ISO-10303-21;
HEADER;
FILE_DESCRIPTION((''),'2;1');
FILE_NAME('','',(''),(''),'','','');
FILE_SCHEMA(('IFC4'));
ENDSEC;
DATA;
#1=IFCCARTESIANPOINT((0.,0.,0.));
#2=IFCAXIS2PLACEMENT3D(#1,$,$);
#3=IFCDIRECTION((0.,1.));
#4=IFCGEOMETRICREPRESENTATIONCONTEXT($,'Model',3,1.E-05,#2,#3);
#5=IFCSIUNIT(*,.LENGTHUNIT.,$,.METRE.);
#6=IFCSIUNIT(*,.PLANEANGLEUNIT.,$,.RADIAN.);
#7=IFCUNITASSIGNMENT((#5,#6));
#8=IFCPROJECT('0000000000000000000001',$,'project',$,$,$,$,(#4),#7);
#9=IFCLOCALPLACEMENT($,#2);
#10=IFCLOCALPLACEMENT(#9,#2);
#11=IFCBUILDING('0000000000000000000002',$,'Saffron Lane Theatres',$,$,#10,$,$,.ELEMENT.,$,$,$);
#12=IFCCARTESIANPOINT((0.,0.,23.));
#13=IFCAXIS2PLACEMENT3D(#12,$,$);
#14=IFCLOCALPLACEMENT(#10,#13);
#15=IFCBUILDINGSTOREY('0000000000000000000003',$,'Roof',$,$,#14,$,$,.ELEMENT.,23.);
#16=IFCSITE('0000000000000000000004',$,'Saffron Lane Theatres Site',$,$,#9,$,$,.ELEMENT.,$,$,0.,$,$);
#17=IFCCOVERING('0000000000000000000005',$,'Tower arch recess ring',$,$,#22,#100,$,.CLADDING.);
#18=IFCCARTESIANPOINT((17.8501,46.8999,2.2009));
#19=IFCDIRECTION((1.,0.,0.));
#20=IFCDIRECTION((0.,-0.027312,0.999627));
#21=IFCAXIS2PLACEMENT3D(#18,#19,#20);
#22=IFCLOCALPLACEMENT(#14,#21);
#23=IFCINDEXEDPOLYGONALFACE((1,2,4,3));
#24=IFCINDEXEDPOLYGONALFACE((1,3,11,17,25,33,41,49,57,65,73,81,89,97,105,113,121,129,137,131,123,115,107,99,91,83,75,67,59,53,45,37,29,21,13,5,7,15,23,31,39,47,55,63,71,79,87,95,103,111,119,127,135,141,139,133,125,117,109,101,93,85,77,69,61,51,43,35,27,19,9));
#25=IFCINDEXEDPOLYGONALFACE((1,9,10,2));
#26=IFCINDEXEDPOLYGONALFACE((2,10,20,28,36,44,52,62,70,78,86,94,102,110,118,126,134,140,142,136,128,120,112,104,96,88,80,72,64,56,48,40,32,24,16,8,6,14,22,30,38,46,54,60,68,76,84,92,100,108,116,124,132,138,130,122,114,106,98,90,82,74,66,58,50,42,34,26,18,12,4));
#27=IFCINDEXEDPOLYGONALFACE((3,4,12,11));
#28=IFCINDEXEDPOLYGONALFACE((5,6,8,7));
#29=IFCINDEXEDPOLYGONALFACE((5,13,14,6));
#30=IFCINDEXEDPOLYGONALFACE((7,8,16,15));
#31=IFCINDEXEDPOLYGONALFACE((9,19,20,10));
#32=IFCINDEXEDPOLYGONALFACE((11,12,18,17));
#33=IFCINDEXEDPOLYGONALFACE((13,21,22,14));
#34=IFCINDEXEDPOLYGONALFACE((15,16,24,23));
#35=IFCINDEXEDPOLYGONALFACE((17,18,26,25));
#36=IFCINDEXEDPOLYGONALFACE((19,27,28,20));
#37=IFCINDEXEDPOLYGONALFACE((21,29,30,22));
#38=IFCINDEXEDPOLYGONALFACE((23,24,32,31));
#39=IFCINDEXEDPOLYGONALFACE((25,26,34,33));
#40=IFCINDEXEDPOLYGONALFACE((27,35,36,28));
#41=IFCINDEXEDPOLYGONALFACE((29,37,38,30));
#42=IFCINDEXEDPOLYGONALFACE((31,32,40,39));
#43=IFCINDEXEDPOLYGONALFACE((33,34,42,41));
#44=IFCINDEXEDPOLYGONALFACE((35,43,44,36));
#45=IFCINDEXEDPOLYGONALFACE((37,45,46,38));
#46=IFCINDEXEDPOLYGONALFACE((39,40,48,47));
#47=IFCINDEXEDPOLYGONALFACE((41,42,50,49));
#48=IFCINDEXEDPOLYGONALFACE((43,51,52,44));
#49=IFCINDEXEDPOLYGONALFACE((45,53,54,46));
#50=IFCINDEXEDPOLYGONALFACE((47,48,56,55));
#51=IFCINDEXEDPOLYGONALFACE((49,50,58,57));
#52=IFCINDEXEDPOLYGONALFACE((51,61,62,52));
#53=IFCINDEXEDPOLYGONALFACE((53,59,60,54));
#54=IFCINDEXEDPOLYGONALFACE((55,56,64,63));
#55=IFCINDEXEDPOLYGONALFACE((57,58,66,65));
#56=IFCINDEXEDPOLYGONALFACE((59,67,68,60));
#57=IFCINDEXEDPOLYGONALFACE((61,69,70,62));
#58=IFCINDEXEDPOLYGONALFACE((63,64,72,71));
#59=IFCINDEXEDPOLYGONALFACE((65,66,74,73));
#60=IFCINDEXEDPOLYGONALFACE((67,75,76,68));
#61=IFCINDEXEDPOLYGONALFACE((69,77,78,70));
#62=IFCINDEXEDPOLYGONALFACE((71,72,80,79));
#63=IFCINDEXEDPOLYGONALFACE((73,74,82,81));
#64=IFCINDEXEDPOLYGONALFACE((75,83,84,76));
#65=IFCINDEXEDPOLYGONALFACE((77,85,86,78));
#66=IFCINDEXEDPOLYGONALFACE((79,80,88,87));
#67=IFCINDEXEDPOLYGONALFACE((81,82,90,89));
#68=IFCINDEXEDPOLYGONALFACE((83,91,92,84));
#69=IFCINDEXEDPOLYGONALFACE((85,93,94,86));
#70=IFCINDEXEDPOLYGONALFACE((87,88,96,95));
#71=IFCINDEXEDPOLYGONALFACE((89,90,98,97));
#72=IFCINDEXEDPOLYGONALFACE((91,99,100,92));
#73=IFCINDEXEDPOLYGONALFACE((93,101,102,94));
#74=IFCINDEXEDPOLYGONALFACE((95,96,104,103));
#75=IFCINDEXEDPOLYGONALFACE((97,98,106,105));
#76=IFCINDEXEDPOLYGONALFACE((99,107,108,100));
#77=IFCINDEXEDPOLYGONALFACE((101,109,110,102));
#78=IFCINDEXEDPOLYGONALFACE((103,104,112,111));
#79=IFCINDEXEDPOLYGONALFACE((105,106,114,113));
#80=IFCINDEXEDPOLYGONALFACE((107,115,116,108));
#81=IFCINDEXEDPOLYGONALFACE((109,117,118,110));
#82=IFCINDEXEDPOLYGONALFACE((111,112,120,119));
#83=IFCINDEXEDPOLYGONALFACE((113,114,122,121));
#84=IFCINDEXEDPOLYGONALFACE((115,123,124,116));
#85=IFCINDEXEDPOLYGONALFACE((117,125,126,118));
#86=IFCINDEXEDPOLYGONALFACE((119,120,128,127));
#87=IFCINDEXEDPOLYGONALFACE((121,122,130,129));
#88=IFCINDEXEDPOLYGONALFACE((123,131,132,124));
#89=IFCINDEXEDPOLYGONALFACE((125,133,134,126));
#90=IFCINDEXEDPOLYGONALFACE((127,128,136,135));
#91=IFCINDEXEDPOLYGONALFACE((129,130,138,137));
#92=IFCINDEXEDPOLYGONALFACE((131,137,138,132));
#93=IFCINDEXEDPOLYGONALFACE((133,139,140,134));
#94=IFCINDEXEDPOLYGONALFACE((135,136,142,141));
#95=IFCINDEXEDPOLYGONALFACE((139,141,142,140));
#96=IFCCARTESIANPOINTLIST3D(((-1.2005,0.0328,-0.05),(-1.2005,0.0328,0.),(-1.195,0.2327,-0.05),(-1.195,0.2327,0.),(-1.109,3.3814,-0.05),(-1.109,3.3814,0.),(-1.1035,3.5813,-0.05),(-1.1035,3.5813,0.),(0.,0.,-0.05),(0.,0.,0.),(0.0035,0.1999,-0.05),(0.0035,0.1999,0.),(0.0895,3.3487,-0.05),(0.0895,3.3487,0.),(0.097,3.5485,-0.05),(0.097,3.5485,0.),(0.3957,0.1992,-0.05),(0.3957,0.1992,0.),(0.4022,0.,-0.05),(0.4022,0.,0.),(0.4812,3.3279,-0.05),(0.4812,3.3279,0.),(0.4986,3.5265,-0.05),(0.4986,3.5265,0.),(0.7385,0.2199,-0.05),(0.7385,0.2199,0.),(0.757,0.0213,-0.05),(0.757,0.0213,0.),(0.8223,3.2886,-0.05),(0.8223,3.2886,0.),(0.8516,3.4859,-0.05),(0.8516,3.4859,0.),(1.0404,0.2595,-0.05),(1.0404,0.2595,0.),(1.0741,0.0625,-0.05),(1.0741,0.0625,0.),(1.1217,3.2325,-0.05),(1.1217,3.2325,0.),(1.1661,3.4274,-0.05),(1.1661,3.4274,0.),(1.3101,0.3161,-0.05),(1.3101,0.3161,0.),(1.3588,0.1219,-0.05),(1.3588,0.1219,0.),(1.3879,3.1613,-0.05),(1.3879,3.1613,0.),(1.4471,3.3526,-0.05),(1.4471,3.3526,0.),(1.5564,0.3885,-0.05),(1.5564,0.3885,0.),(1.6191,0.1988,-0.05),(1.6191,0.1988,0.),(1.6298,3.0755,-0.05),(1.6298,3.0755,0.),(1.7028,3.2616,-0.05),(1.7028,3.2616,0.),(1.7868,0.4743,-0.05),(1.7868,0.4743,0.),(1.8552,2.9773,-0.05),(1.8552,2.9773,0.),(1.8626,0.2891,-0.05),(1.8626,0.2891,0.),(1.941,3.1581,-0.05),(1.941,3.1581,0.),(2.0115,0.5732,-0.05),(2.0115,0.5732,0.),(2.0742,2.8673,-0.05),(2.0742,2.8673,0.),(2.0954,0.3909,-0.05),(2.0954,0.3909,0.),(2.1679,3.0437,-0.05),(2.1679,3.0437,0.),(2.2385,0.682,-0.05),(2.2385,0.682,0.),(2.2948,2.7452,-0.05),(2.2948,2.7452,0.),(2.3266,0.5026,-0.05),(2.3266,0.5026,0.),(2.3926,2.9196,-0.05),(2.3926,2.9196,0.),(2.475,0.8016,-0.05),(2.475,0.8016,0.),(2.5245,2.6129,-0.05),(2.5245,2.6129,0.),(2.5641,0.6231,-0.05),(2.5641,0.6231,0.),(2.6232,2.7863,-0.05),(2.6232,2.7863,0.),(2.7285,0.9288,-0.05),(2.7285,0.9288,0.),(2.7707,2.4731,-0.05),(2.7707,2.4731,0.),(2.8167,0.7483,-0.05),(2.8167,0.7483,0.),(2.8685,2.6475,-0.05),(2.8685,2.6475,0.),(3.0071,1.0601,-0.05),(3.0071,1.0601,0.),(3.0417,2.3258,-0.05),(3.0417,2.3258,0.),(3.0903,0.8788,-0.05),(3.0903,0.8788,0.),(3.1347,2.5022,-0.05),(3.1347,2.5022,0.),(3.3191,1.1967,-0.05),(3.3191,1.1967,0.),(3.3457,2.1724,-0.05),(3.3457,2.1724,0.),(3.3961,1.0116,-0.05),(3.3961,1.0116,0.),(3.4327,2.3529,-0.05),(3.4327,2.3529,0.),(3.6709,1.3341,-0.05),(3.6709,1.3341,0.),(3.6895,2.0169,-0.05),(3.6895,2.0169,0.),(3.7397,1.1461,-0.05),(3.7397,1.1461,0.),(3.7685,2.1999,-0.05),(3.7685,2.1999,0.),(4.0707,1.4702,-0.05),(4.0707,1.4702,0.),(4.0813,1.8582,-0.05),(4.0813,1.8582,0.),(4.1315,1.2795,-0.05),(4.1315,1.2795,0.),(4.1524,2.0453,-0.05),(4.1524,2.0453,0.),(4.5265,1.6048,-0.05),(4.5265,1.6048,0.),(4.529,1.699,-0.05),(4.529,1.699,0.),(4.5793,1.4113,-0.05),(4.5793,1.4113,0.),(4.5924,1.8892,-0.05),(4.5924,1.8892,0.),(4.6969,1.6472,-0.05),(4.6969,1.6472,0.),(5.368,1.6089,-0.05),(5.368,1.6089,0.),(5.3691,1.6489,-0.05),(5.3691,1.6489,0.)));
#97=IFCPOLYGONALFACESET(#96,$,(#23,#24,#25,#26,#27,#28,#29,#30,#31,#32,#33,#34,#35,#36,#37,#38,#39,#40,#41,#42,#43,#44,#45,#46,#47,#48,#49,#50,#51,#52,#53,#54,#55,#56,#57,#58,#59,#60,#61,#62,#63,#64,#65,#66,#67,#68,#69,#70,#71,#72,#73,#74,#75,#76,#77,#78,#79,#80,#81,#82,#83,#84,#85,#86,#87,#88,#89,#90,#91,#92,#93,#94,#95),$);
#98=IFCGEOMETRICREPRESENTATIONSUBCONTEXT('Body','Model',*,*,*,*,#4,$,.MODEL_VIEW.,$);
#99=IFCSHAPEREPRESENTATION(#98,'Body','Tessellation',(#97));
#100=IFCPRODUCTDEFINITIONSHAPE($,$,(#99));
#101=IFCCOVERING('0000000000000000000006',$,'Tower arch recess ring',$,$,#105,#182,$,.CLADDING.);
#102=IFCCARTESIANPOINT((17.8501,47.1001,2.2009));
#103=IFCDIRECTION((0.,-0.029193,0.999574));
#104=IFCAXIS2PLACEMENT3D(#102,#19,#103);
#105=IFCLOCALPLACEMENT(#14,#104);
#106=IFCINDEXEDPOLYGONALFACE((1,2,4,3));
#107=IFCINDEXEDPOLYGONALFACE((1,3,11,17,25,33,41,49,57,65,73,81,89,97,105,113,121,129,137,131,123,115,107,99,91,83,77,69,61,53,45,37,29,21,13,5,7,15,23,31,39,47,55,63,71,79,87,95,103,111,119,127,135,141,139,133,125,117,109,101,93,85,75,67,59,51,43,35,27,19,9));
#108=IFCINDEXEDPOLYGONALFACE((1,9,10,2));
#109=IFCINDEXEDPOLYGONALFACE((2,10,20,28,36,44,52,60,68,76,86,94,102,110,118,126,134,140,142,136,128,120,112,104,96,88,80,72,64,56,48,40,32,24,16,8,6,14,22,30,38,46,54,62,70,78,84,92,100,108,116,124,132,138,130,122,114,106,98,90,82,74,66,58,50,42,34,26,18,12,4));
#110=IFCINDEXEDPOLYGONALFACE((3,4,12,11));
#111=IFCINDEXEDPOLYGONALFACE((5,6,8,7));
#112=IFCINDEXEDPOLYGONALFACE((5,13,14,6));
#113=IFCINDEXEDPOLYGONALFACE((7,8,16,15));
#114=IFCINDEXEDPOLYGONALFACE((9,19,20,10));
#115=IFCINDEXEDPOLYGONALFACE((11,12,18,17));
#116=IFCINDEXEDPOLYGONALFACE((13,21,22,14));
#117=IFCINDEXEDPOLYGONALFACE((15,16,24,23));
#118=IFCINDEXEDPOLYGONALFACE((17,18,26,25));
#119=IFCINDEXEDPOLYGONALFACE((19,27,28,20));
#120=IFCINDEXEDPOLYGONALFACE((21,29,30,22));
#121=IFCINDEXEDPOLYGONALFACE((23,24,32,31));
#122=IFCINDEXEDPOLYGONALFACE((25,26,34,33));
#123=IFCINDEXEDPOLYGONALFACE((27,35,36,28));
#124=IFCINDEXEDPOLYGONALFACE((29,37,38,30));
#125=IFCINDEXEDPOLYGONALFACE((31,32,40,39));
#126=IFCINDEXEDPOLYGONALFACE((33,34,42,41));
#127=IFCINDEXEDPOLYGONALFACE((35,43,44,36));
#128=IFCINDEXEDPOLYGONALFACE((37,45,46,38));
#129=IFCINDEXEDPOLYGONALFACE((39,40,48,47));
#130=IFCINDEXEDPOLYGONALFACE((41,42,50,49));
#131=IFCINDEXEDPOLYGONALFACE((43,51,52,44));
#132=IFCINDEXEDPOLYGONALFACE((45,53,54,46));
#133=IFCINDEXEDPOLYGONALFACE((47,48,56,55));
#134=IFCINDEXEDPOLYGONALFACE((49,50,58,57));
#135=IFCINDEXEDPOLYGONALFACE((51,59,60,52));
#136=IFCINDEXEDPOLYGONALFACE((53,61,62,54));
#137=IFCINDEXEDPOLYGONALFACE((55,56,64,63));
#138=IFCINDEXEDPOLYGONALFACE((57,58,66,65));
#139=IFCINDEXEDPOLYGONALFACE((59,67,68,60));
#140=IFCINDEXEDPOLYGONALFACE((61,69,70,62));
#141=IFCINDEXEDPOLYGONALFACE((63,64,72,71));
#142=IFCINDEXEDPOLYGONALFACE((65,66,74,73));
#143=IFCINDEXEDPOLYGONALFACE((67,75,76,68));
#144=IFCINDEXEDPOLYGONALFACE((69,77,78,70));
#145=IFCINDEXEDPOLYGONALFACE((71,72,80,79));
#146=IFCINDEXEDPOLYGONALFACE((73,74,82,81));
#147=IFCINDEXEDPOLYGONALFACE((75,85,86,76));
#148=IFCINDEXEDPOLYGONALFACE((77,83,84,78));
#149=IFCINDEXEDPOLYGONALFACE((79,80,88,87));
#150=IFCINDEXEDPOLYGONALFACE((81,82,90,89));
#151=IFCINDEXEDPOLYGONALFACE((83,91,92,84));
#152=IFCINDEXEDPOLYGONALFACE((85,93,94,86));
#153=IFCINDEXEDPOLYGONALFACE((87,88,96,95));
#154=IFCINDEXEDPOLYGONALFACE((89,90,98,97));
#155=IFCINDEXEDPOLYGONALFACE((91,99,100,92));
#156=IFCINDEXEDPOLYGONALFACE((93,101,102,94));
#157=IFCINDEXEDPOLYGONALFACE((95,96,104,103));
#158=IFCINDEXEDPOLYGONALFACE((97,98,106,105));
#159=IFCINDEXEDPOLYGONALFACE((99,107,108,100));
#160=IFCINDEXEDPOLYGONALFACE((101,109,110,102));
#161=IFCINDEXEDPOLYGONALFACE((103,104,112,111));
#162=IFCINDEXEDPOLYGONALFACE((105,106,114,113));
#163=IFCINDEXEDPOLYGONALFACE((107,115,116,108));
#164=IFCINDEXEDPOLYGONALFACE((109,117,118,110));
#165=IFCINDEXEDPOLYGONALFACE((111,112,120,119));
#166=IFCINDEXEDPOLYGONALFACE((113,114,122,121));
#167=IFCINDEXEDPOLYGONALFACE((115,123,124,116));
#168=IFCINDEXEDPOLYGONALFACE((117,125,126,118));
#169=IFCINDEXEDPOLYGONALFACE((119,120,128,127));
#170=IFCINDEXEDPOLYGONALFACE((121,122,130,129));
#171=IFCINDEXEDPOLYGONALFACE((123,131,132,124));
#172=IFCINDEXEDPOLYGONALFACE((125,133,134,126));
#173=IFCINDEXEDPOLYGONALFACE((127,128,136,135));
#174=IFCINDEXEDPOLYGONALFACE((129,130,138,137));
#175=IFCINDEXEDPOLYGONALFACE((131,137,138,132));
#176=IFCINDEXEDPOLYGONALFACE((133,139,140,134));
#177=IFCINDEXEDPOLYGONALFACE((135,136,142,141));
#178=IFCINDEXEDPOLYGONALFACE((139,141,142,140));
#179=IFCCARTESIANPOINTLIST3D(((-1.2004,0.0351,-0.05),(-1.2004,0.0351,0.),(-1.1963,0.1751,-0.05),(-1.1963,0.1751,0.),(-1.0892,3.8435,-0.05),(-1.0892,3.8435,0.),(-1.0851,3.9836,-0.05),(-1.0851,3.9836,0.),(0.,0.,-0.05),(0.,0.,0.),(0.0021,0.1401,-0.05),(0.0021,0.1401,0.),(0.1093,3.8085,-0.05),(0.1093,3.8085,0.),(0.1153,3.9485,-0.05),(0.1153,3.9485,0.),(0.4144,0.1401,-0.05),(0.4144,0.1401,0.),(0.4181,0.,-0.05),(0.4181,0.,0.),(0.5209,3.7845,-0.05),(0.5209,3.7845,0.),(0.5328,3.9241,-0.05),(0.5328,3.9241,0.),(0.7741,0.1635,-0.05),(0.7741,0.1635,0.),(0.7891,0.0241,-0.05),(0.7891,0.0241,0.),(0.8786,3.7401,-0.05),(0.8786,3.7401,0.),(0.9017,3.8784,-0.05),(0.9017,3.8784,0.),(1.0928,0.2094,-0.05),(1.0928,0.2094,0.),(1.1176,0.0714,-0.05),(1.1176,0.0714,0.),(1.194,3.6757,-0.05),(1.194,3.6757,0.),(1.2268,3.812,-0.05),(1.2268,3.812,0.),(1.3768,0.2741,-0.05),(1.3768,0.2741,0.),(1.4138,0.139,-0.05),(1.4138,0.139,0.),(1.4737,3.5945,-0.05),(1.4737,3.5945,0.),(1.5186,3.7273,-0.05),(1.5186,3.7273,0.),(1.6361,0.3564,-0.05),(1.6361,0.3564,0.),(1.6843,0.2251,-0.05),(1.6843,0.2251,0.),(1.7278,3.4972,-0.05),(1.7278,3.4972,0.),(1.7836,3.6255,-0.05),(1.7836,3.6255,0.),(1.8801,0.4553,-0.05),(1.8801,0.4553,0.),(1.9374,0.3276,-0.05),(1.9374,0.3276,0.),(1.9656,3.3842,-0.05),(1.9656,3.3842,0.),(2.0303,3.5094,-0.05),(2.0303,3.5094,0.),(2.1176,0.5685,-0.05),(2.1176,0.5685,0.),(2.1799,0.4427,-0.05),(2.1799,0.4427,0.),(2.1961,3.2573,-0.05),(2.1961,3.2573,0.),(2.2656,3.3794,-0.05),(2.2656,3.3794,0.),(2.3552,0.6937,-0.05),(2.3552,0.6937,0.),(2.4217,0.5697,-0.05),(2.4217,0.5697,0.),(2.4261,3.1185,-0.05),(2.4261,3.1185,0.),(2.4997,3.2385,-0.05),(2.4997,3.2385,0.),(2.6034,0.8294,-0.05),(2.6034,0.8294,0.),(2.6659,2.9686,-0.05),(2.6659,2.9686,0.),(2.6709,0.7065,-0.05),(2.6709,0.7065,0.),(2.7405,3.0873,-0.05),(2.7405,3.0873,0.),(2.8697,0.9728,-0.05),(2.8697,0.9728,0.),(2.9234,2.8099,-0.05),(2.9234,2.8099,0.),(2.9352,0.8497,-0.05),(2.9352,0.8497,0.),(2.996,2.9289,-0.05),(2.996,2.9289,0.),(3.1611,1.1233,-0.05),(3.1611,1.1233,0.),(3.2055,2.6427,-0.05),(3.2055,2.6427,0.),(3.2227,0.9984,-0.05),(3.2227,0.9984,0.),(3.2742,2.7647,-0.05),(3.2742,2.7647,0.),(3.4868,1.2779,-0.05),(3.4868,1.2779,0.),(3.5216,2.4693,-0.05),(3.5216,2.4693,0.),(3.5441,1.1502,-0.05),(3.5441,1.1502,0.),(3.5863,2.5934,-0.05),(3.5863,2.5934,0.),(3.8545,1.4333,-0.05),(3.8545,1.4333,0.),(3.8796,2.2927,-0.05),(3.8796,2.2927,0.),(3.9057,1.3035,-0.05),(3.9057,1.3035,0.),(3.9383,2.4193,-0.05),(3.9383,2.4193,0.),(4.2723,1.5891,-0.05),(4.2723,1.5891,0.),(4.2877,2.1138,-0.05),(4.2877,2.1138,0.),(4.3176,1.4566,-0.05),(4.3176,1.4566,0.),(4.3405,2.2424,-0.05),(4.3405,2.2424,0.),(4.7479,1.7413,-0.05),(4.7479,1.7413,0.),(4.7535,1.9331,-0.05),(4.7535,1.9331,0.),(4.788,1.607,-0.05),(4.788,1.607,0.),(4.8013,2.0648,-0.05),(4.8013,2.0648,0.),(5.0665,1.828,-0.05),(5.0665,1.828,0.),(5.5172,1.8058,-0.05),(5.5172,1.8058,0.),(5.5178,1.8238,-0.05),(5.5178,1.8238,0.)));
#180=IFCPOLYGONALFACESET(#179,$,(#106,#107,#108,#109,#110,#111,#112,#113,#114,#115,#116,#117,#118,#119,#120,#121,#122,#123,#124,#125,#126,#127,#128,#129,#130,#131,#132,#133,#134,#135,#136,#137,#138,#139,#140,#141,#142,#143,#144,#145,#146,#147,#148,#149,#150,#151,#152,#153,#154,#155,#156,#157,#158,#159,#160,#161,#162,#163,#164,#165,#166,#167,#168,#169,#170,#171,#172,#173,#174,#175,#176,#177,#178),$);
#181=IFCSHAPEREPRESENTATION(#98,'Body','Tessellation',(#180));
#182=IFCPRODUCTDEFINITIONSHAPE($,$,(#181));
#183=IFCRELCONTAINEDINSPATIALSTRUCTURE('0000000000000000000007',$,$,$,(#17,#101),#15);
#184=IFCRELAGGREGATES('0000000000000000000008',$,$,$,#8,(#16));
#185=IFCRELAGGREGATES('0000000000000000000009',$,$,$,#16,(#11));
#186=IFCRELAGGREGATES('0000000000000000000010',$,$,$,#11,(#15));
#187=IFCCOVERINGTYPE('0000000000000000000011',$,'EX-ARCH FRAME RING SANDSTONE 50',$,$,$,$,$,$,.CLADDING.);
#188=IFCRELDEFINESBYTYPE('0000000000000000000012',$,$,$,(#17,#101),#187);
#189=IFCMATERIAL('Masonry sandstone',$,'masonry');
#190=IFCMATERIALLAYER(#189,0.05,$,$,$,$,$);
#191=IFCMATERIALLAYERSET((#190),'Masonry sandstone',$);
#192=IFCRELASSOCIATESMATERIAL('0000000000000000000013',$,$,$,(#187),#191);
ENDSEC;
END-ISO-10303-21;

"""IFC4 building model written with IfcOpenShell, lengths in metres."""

from ifc_helpers import new_model, si_unit, direction, frame, origin, place, context, subcontext, project, spatial, polyline, outline, extrude, material, layer, layer_set, type_object, element, save


model = new_model("IFC4")

# Units and contexts
model_context = context("Model", 3, precision=1e-05, world=origin(), true_north=direction((0.0, 1.0)))
body_context = subcontext(model_context, "Body", "Model", "MODEL_VIEW")
ifc_project = project(units=[si_unit("LENGTHUNIT", "METRE"), si_unit("PLANEANGLEUNIT", "RADIAN")], contexts=[model_context])

# Site, building, storey
site_placement = place(None, origin())
site = spatial("IfcSite", under=ifc_project, at=site_placement, Name="Saffron Lane Theatres Site", CompositionType="ELEMENT", RefElevation=0.0)
building_placement = place(site_placement, origin())
building = spatial("IfcBuilding", under=site, at=building_placement, Name="Saffron Lane Theatres", CompositionType="ELEMENT")
storey_placement = place(building_placement, frame((0.0, 0.0, 23.0)))
storey = spatial("IfcBuildingStorey", under=building, at=storey_placement, Name="Roof", CompositionType="ELEMENT", Elevation=23.0)

# Coverings
ifc_material_1 = material(Name="Masonry sandstone", Category="masonry")
ifc_layer_1 = layer(ifc_material_1, 0.05)
ifc_layer_set_1 = layer_set([ifc_layer_1], Name="Masonry sandstone")
covering_type_1 = type_object("IfcCoveringType", Name="EX-ARCH FRAME RING SANDSTONE 50", PredefinedType="CLADDING", material=ifc_layer_set_1)
covering_1_placement = place(storey_placement, frame((17.8501, 46.8999, 2.2009), z_axis=(1.0, 0.0, 0.0), x_axis=(0.0, -0.027312, 0.999627)))
element("IfcCovering", 1, at=covering_1_placement, inside=storey, type_object=covering_type_1, Name="Tower arch recess ring", PredefinedType="CLADDING", context=body_context, shape_type="SweptSolid", body=[
    extrude(outline(polyline([(0.0, 0.0), (0.4022, 0.0), (0.757, 0.0213), (1.0741, 0.0625), (1.3588, 0.1219), (1.6191, 0.1988), (1.8626, 0.2891), (2.0954, 0.3909), (2.3266, 0.5026), (2.5641, 0.6231), (2.8167, 0.7483), (3.0903, 0.8788), (3.3961, 1.0116), (3.7397, 1.1461), (4.1315, 1.2795), (4.5793, 1.4113), (5.368, 1.6089), (5.3691, 1.6489), (4.5924, 1.8892), (4.1524, 2.0453), (3.7685, 2.1999), (3.4327, 2.3529), (3.1347, 2.5022), (2.8685, 2.6475), (2.6232, 2.7863), (2.3926, 2.9196), (2.1679, 3.0437), (1.941, 3.1581), (1.7028, 3.2616), (1.4471, 3.3526), (1.1661, 3.4274), (0.8516, 3.4859), (0.4986, 3.5265), (0.097, 3.5485), (-1.1035, 3.5813), (-1.109, 3.3814), (0.0895, 3.3487), (0.4812, 3.3279), (0.8223, 3.2886), (1.1217, 3.2325), (1.3879, 3.1613), (1.6298, 3.0755), (1.8552, 2.9773), (2.0742, 2.8673), (2.2948, 2.7452), (2.5245, 2.6129), (2.7707, 2.4731), (3.0417, 2.3258), (3.3457, 2.1724), (3.6895, 2.0169), (4.0813, 1.8582), (4.529, 1.699), (4.6969, 1.6472), (4.5265, 1.6048), (4.0707, 1.4702), (3.6709, 1.3341), (3.3191, 1.1967), (3.0071, 1.0601), (2.7285, 0.9288), (2.475, 0.8016), (2.2385, 0.682), (2.0115, 0.5732), (1.7868, 0.4743), (1.5564, 0.3885), (1.3101, 0.3161), (1.0404, 0.2595), (0.7385, 0.2199), (0.3957, 0.1992), (0.0035, 0.1999), (-1.195, 0.2327), (-1.2005, 0.0328), (0.0, 0.0)])), origin(), (0.0, 0.0, -1.0), 0.05),
])
covering_2_placement = place(storey_placement, frame((17.8501, 47.1001, 2.2009), z_axis=(1.0, 0.0, 0.0), x_axis=(0.0, -0.029193, 0.999574)))
element("IfcCovering", 2, at=covering_2_placement, inside=storey, type_object=covering_type_1, Name="Tower arch recess ring", PredefinedType="CLADDING", context=body_context, shape_type="SweptSolid", body=[
    extrude(outline(polyline([(0.0, 0.0), (0.4181, 0.0), (0.7891, 0.0241), (1.1176, 0.0714), (1.4138, 0.139), (1.6843, 0.2251), (1.9374, 0.3276), (2.1799, 0.4427), (2.4217, 0.5697), (2.6709, 0.7065), (2.9352, 0.8497), (3.2227, 0.9984), (3.5441, 1.1502), (3.9057, 1.3035), (4.3176, 1.4566), (4.788, 1.607), (5.5172, 1.8058), (5.5178, 1.8238), (4.8013, 2.0648), (4.3405, 2.2424), (3.9383, 2.4193), (3.5863, 2.5934), (3.2742, 2.7647), (2.996, 2.9289), (2.7405, 3.0873), (2.4997, 3.2385), (2.2656, 3.3794), (2.0303, 3.5094), (1.7836, 3.6255), (1.5186, 3.7273), (1.2268, 3.812), (0.9017, 3.8784), (0.5328, 3.9241), (0.1153, 3.9485), (-1.0851, 3.9836), (-1.0892, 3.8435), (0.1093, 3.8085), (0.5209, 3.7845), (0.8786, 3.7401), (1.194, 3.6757), (1.4737, 3.5945), (1.7278, 3.4972), (1.9656, 3.3842), (2.1961, 3.2573), (2.4261, 3.1185), (2.6659, 2.9686), (2.9234, 2.8099), (3.2055, 2.6427), (3.5216, 2.4693), (3.8796, 2.2927), (4.2877, 2.1138), (4.7535, 1.9331), (5.0665, 1.828), (4.7479, 1.7413), (4.2723, 1.5891), (3.8545, 1.4333), (3.4868, 1.2779), (3.1611, 1.1233), (2.8697, 0.9728), (2.6034, 0.8294), (2.3552, 0.6937), (2.1176, 0.5685), (1.8801, 0.4553), (1.6361, 0.3564), (1.3768, 0.2741), (1.0928, 0.2094), (0.7741, 0.1635), (0.4144, 0.1401), (0.0021, 0.1401), (-1.1963, 0.1751), (-1.2004, 0.0351), (0.0, 0.0)])), origin(), (0.0, 0.0, -1.0), 0.05),
])

save(model, "model.ifc")
